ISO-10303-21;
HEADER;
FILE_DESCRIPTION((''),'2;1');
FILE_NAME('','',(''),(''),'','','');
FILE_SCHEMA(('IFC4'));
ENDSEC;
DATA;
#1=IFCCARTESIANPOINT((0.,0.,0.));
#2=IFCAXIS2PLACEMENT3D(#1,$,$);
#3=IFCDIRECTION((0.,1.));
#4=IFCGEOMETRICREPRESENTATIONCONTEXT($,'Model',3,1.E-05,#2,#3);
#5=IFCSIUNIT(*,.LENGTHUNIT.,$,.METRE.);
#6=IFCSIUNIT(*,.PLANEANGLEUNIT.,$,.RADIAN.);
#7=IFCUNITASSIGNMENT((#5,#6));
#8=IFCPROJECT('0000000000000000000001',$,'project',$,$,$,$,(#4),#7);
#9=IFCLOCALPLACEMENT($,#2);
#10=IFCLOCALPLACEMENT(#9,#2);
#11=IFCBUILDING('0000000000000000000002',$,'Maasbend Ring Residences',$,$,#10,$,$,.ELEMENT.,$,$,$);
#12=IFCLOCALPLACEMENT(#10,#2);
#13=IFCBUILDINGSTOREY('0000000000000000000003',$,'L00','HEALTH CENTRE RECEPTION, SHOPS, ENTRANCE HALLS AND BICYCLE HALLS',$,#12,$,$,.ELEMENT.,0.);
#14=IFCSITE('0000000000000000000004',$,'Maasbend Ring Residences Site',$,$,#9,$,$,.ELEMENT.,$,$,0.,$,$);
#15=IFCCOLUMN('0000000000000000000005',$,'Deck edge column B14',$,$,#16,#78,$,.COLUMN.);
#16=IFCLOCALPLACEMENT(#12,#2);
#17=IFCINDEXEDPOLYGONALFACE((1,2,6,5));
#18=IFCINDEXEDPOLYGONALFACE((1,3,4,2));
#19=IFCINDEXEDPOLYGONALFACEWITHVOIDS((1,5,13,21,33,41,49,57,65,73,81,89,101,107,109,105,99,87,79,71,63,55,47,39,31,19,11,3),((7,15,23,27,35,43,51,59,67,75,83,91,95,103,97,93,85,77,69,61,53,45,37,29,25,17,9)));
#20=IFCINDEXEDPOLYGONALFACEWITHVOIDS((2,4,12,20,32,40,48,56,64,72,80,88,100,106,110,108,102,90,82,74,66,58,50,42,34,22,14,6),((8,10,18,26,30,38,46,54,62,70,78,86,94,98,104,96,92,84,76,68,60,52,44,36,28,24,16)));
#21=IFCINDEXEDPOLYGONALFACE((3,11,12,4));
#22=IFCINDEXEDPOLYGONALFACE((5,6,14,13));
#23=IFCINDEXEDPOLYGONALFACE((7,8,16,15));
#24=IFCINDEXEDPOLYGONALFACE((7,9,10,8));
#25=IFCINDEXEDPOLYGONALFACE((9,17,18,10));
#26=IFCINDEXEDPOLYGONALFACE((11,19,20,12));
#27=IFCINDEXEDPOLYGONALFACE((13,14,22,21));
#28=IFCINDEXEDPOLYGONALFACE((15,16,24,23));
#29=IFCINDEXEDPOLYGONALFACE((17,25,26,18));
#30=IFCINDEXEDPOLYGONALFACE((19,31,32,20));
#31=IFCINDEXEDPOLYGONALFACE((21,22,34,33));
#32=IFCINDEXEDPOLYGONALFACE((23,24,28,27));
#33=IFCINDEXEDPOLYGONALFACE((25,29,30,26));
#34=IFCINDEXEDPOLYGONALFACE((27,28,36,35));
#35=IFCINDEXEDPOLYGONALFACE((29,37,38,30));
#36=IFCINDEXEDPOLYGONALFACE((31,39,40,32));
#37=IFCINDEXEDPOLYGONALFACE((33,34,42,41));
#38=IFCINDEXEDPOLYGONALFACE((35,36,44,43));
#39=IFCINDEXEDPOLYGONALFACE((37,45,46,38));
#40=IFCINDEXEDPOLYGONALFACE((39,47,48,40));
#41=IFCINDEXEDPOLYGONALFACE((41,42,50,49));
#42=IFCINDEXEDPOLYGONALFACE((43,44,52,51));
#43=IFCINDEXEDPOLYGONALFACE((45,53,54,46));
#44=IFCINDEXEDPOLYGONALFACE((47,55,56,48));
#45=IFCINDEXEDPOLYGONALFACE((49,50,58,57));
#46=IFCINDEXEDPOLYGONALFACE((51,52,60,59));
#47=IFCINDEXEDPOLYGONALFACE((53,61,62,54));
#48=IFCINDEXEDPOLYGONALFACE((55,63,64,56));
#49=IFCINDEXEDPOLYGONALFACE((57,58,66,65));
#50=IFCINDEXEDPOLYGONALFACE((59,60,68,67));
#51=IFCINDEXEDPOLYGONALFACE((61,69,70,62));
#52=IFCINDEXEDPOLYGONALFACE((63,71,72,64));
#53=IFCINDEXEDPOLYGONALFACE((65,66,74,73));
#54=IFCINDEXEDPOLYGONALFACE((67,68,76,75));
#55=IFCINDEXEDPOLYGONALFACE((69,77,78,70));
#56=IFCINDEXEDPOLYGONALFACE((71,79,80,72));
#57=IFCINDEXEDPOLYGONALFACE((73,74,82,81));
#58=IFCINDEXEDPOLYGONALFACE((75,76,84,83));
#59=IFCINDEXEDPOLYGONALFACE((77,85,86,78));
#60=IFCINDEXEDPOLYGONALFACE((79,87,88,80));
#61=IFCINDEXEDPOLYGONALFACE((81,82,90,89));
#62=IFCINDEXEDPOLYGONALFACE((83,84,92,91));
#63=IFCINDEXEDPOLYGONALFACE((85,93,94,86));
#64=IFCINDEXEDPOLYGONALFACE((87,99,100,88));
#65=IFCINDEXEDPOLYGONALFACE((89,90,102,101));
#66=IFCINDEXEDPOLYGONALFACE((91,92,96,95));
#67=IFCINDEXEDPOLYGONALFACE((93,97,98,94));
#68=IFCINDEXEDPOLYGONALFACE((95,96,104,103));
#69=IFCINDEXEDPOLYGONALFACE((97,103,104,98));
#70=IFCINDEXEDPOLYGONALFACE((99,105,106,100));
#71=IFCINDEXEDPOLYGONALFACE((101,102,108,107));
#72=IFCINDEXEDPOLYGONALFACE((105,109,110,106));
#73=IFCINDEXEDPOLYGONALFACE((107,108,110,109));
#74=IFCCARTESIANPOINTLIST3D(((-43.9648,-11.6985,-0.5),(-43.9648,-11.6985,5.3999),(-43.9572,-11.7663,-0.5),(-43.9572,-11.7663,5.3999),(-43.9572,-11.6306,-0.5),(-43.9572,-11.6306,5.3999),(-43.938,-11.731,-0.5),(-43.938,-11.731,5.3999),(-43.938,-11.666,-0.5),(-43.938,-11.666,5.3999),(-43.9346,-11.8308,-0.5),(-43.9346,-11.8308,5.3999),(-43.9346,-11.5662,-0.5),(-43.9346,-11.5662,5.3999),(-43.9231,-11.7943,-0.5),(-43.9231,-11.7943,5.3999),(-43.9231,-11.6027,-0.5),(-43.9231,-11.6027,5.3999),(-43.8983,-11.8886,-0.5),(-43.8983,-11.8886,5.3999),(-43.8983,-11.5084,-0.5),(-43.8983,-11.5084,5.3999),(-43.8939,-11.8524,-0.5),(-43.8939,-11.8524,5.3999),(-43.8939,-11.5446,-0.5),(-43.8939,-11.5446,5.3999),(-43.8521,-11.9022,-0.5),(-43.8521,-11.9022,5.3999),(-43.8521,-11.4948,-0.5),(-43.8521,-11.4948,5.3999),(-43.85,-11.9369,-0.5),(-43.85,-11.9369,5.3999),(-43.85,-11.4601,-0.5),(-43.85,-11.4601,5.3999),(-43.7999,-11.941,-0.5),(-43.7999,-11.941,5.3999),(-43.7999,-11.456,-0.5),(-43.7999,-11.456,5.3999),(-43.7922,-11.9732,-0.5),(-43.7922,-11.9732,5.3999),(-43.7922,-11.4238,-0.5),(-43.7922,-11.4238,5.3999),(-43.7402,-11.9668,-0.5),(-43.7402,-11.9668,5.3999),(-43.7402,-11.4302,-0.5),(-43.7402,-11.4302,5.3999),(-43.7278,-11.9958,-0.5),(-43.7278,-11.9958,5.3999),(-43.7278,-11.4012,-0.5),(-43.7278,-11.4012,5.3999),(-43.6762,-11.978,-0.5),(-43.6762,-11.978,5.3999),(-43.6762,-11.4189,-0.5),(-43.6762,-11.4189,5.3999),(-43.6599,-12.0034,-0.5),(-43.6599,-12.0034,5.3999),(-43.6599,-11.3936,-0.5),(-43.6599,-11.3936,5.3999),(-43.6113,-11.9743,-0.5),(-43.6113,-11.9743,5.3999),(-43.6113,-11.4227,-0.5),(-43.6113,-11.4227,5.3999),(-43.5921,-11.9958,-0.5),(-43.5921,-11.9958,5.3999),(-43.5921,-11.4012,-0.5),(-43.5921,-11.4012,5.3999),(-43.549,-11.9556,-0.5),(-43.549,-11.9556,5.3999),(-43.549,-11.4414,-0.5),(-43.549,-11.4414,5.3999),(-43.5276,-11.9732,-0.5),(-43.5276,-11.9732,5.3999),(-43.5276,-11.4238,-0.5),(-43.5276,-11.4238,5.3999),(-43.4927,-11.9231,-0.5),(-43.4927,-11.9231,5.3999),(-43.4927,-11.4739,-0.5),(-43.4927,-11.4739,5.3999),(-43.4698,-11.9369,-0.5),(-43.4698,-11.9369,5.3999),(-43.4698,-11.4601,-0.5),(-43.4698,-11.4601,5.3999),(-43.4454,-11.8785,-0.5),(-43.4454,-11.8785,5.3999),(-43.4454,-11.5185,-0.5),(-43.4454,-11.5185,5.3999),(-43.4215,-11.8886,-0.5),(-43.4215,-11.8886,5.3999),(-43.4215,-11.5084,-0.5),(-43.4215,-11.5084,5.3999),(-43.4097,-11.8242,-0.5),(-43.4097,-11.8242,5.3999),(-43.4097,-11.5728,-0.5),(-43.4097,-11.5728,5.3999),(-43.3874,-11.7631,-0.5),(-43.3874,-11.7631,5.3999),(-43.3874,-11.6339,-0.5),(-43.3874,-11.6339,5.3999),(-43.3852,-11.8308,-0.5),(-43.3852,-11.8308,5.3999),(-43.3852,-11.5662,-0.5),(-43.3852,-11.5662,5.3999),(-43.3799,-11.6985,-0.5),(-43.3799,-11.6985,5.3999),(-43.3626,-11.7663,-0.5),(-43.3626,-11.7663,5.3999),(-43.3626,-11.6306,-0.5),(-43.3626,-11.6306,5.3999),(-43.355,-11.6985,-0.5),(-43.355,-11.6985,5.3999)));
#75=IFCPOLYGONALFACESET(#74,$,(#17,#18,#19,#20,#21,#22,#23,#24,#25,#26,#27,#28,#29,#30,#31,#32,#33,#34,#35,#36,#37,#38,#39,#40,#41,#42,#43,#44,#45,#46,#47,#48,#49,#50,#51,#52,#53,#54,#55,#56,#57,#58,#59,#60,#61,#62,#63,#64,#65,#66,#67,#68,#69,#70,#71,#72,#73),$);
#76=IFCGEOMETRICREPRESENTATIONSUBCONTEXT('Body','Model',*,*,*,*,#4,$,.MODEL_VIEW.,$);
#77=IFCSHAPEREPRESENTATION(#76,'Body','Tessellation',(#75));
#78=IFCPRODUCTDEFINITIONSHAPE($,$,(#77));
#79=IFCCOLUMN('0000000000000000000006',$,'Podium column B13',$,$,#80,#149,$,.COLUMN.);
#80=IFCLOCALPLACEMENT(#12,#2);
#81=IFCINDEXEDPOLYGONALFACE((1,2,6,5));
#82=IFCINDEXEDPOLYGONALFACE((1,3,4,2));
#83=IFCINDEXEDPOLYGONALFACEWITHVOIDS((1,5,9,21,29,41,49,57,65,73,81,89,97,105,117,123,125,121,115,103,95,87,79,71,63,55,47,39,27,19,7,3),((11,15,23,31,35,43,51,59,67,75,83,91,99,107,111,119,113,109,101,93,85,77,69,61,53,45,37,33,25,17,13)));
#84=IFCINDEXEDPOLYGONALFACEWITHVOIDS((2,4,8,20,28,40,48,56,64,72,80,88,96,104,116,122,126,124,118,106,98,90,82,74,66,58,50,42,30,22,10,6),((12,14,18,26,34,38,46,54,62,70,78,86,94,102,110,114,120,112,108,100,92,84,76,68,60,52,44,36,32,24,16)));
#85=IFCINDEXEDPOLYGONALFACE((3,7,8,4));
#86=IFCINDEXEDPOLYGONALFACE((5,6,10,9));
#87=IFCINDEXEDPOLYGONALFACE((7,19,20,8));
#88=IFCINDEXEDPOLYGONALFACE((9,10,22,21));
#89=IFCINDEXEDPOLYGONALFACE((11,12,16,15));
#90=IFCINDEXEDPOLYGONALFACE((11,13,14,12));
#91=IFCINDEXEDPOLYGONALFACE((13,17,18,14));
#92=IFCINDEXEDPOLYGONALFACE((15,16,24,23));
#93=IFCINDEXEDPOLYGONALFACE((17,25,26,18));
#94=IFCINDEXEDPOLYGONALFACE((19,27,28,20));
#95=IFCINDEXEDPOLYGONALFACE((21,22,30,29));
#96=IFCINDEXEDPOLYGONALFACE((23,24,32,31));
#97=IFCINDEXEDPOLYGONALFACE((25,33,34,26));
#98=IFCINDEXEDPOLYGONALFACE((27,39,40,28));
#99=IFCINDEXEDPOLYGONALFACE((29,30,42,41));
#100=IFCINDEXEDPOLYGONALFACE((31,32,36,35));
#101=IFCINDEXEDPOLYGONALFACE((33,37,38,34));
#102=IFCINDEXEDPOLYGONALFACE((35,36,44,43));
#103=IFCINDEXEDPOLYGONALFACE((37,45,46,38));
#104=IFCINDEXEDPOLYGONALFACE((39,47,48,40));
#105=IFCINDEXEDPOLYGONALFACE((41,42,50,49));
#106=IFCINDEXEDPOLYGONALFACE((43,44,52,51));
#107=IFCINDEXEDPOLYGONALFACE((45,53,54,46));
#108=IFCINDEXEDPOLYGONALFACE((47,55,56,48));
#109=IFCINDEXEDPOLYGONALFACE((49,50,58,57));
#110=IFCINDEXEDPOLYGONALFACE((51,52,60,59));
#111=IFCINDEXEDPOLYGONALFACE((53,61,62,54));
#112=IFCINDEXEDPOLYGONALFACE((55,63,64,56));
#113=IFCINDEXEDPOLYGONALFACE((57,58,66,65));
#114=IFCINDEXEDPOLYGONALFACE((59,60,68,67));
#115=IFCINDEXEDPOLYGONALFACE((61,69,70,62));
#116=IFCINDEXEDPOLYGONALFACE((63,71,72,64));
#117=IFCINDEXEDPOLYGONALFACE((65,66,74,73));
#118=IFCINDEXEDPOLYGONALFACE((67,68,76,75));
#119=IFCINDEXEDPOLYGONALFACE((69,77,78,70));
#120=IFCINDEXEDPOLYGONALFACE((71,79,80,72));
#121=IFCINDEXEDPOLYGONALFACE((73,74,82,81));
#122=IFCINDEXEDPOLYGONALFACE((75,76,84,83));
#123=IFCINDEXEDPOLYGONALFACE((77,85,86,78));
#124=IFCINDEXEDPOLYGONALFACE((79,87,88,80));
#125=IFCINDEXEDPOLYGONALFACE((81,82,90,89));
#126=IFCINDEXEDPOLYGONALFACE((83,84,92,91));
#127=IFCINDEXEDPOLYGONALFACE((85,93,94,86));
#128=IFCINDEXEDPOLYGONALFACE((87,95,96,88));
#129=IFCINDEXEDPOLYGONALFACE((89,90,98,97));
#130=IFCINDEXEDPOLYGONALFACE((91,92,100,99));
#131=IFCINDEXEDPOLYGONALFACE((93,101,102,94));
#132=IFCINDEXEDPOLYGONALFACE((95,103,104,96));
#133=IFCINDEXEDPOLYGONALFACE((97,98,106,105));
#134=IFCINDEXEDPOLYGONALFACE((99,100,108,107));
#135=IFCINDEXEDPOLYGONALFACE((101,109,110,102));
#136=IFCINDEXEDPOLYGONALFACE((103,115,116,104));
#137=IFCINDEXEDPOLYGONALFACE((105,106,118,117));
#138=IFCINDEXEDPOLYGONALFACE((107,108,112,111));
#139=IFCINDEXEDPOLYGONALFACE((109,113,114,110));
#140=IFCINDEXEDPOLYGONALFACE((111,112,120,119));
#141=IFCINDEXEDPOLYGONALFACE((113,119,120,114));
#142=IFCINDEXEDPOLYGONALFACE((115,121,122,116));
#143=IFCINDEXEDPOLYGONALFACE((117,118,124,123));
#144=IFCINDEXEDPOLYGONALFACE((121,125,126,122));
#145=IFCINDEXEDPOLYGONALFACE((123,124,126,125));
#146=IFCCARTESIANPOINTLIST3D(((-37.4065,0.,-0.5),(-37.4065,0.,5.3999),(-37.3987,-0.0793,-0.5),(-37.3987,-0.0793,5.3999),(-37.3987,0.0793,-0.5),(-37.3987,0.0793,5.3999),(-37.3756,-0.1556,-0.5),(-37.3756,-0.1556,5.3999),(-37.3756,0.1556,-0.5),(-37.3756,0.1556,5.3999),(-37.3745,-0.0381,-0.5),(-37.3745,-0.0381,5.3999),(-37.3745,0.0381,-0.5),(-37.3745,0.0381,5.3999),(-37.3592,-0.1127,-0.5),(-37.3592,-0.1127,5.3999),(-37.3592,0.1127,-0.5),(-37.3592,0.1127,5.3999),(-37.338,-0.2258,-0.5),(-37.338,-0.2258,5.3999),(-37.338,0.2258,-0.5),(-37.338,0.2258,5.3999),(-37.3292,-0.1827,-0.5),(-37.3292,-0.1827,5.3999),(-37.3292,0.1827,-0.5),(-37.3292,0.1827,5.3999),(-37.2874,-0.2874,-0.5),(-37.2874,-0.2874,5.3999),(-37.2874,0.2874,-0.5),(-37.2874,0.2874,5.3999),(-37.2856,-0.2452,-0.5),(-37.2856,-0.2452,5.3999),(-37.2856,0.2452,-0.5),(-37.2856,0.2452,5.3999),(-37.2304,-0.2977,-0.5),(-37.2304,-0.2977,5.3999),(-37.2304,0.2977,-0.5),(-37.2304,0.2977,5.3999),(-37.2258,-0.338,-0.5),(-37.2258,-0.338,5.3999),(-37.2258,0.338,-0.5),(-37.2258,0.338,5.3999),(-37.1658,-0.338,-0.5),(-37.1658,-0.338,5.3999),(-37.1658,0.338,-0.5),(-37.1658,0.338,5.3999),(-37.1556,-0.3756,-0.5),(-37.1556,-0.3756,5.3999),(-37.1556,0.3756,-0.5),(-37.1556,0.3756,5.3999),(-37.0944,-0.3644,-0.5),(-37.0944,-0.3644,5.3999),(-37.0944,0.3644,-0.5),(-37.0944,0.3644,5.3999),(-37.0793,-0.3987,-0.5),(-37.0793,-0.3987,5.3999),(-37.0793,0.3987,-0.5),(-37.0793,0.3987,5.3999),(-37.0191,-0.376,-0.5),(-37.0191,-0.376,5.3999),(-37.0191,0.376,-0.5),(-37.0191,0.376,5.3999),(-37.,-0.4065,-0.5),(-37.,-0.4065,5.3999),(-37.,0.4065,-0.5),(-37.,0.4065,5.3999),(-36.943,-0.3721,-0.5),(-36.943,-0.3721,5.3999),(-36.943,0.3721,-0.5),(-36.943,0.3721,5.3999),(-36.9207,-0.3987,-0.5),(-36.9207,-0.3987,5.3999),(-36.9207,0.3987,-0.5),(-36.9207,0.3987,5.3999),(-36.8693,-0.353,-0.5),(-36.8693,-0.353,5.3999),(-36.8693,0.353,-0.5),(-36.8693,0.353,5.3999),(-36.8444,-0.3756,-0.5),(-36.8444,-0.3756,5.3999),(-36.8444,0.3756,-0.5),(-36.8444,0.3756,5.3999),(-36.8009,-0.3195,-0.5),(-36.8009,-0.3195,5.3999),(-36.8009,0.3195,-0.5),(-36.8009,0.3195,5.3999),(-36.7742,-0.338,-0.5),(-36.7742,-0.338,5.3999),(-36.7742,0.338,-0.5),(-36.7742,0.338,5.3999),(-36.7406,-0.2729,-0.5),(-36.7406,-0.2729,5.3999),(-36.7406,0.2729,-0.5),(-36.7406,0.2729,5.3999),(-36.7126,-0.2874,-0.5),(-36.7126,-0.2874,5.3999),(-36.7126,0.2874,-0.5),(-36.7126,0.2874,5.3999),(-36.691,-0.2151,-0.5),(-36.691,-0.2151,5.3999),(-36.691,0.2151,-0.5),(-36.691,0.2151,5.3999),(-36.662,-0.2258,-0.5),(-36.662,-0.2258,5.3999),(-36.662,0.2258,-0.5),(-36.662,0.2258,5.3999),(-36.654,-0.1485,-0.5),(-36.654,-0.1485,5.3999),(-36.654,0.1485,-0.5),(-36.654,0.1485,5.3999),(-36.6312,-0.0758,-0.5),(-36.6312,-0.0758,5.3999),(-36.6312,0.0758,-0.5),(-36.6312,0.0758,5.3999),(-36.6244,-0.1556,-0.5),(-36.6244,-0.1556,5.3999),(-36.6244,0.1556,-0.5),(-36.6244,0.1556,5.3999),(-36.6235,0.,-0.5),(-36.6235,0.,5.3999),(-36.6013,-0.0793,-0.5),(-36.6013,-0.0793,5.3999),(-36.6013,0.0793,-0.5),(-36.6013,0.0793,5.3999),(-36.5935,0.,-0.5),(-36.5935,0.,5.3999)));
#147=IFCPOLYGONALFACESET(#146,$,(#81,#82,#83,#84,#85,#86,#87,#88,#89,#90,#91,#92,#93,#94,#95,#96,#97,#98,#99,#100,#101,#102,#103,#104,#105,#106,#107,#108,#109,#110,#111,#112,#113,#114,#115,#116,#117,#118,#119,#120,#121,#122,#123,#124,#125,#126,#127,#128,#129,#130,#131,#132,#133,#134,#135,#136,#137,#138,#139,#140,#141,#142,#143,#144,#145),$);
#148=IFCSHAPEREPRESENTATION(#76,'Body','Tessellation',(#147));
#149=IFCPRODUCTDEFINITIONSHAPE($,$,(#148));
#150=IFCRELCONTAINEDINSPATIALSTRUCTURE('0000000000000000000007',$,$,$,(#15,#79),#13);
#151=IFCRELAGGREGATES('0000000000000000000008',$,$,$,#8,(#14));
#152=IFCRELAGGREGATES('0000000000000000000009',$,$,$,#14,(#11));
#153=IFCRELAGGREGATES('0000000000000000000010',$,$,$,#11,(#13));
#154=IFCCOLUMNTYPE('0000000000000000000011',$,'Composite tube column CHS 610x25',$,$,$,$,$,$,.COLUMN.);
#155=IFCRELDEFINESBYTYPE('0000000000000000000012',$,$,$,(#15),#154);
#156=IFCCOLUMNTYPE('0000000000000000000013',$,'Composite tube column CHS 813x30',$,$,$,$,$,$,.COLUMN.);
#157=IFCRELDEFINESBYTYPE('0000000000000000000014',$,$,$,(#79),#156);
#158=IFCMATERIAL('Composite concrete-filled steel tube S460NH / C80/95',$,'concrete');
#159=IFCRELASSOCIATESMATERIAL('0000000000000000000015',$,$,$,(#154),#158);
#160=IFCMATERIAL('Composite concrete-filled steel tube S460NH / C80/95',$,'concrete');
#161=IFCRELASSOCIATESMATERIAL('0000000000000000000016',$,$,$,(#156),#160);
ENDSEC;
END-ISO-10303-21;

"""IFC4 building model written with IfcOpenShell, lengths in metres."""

from ifc_helpers import new_model, si_unit, direction, frame, origin, origin_2d, place, context, subcontext, project, spatial, hollow_circle, extrude, material, material_profile, profile_set, type_object, element, save


model = new_model("IFC4")

# Units and contexts
model_context = context("Model", 3, precision=1e-05, world=origin(), true_north=direction((0.0, 1.0)))
body_context = subcontext(model_context, "Body", "Model", "MODEL_VIEW")
ifc_project = project(units=[si_unit("LENGTHUNIT", "METRE"), si_unit("PLANEANGLEUNIT", "RADIAN")], contexts=[model_context])

# Site, building, storey
site_placement = place(None, origin())
site = spatial("IfcSite", under=ifc_project, at=site_placement, Name="Maasbend Ring Residences Site", CompositionType="ELEMENT", RefElevation=0.0)
building_placement = place(site_placement, origin())
building = spatial("IfcBuilding", under=site, at=building_placement, Name="Maasbend Ring Residences", CompositionType="ELEMENT")
storey_placement = place(building_placement, origin())
storey = spatial("IfcBuildingStorey", under=building, at=storey_placement, Name="L00", Description="HEALTH CENTRE RECEPTION, SHOPS, ENTRANCE HALLS AND BICYCLE HALLS", CompositionType="ELEMENT", Elevation=0.0)

# Columns
ifc_material_1 = material(Name="Composite concrete-filled steel tube S460NH / C80/95", Category="concrete")
ifc_material_profile_1 = material_profile(ifc_material_1, hollow_circle(Radius=0.3049, WallThickness=0.0249, at=origin_2d()), Name="Composite tube column CHS 610x25")
ifc_profile_set_1 = profile_set([ifc_material_profile_1], Name="Composite concrete-filled steel tube S460NH / C80/95")
column_type_1 = type_object("IfcColumnType", Name="Composite tube column CHS 610x25", PredefinedType="COLUMN", material=ifc_profile_set_1)
for number, where, z_axis, x_axis, name in (
    (1, (-43.6599, -11.6985, -0.5), (0.0, 0.0, 1.0), (1.0, 0.0, 0.0), "Deck edge column B14"),
):
    element("IfcColumn", number, at=place(storey_placement, frame(where, z_axis=z_axis, x_axis=x_axis)), inside=storey, type_object=column_type_1, Name=name, PredefinedType="COLUMN", context=body_context, shape_type="SweptSolid", body=[
        extrude(hollow_circle(Radius=0.3049, WallThickness=0.0249, at=origin_2d()), origin(), (0.0, 0.0, 1.0), 5.8999),
    ])
ifc_material_2 = material(Name="Composite concrete-filled steel tube S460NH / C80/95", Category="concrete")
ifc_material_profile_2 = material_profile(ifc_material_2, hollow_circle(Radius=0.4065, WallThickness=0.03, at=origin_2d()), Name="Composite tube column CHS 813x30")
ifc_profile_set_2 = profile_set([ifc_material_profile_2], Name="Composite concrete-filled steel tube S460NH / C80/95")
column_type_2 = type_object("IfcColumnType", Name="Composite tube column CHS 813x30", PredefinedType="COLUMN", material=ifc_profile_set_2)
for number, where, z_axis, x_axis, name in (
    (2, (-37.0, 0.0, -0.5), (0.0, 0.0, 1.0), (1.0, 0.0, 0.0), "Podium column B13"),
):
    element("IfcColumn", number, at=place(storey_placement, frame(where, z_axis=z_axis, x_axis=x_axis)), inside=storey, type_object=column_type_2, Name=name, PredefinedType="COLUMN", context=body_context, shape_type="SweptSolid", body=[
        extrude(hollow_circle(Radius=0.4065, WallThickness=0.03, at=origin_2d()), origin(), (0.0, 0.0, 1.0), 5.8999),
    ])

save(model, "model.ifc")
